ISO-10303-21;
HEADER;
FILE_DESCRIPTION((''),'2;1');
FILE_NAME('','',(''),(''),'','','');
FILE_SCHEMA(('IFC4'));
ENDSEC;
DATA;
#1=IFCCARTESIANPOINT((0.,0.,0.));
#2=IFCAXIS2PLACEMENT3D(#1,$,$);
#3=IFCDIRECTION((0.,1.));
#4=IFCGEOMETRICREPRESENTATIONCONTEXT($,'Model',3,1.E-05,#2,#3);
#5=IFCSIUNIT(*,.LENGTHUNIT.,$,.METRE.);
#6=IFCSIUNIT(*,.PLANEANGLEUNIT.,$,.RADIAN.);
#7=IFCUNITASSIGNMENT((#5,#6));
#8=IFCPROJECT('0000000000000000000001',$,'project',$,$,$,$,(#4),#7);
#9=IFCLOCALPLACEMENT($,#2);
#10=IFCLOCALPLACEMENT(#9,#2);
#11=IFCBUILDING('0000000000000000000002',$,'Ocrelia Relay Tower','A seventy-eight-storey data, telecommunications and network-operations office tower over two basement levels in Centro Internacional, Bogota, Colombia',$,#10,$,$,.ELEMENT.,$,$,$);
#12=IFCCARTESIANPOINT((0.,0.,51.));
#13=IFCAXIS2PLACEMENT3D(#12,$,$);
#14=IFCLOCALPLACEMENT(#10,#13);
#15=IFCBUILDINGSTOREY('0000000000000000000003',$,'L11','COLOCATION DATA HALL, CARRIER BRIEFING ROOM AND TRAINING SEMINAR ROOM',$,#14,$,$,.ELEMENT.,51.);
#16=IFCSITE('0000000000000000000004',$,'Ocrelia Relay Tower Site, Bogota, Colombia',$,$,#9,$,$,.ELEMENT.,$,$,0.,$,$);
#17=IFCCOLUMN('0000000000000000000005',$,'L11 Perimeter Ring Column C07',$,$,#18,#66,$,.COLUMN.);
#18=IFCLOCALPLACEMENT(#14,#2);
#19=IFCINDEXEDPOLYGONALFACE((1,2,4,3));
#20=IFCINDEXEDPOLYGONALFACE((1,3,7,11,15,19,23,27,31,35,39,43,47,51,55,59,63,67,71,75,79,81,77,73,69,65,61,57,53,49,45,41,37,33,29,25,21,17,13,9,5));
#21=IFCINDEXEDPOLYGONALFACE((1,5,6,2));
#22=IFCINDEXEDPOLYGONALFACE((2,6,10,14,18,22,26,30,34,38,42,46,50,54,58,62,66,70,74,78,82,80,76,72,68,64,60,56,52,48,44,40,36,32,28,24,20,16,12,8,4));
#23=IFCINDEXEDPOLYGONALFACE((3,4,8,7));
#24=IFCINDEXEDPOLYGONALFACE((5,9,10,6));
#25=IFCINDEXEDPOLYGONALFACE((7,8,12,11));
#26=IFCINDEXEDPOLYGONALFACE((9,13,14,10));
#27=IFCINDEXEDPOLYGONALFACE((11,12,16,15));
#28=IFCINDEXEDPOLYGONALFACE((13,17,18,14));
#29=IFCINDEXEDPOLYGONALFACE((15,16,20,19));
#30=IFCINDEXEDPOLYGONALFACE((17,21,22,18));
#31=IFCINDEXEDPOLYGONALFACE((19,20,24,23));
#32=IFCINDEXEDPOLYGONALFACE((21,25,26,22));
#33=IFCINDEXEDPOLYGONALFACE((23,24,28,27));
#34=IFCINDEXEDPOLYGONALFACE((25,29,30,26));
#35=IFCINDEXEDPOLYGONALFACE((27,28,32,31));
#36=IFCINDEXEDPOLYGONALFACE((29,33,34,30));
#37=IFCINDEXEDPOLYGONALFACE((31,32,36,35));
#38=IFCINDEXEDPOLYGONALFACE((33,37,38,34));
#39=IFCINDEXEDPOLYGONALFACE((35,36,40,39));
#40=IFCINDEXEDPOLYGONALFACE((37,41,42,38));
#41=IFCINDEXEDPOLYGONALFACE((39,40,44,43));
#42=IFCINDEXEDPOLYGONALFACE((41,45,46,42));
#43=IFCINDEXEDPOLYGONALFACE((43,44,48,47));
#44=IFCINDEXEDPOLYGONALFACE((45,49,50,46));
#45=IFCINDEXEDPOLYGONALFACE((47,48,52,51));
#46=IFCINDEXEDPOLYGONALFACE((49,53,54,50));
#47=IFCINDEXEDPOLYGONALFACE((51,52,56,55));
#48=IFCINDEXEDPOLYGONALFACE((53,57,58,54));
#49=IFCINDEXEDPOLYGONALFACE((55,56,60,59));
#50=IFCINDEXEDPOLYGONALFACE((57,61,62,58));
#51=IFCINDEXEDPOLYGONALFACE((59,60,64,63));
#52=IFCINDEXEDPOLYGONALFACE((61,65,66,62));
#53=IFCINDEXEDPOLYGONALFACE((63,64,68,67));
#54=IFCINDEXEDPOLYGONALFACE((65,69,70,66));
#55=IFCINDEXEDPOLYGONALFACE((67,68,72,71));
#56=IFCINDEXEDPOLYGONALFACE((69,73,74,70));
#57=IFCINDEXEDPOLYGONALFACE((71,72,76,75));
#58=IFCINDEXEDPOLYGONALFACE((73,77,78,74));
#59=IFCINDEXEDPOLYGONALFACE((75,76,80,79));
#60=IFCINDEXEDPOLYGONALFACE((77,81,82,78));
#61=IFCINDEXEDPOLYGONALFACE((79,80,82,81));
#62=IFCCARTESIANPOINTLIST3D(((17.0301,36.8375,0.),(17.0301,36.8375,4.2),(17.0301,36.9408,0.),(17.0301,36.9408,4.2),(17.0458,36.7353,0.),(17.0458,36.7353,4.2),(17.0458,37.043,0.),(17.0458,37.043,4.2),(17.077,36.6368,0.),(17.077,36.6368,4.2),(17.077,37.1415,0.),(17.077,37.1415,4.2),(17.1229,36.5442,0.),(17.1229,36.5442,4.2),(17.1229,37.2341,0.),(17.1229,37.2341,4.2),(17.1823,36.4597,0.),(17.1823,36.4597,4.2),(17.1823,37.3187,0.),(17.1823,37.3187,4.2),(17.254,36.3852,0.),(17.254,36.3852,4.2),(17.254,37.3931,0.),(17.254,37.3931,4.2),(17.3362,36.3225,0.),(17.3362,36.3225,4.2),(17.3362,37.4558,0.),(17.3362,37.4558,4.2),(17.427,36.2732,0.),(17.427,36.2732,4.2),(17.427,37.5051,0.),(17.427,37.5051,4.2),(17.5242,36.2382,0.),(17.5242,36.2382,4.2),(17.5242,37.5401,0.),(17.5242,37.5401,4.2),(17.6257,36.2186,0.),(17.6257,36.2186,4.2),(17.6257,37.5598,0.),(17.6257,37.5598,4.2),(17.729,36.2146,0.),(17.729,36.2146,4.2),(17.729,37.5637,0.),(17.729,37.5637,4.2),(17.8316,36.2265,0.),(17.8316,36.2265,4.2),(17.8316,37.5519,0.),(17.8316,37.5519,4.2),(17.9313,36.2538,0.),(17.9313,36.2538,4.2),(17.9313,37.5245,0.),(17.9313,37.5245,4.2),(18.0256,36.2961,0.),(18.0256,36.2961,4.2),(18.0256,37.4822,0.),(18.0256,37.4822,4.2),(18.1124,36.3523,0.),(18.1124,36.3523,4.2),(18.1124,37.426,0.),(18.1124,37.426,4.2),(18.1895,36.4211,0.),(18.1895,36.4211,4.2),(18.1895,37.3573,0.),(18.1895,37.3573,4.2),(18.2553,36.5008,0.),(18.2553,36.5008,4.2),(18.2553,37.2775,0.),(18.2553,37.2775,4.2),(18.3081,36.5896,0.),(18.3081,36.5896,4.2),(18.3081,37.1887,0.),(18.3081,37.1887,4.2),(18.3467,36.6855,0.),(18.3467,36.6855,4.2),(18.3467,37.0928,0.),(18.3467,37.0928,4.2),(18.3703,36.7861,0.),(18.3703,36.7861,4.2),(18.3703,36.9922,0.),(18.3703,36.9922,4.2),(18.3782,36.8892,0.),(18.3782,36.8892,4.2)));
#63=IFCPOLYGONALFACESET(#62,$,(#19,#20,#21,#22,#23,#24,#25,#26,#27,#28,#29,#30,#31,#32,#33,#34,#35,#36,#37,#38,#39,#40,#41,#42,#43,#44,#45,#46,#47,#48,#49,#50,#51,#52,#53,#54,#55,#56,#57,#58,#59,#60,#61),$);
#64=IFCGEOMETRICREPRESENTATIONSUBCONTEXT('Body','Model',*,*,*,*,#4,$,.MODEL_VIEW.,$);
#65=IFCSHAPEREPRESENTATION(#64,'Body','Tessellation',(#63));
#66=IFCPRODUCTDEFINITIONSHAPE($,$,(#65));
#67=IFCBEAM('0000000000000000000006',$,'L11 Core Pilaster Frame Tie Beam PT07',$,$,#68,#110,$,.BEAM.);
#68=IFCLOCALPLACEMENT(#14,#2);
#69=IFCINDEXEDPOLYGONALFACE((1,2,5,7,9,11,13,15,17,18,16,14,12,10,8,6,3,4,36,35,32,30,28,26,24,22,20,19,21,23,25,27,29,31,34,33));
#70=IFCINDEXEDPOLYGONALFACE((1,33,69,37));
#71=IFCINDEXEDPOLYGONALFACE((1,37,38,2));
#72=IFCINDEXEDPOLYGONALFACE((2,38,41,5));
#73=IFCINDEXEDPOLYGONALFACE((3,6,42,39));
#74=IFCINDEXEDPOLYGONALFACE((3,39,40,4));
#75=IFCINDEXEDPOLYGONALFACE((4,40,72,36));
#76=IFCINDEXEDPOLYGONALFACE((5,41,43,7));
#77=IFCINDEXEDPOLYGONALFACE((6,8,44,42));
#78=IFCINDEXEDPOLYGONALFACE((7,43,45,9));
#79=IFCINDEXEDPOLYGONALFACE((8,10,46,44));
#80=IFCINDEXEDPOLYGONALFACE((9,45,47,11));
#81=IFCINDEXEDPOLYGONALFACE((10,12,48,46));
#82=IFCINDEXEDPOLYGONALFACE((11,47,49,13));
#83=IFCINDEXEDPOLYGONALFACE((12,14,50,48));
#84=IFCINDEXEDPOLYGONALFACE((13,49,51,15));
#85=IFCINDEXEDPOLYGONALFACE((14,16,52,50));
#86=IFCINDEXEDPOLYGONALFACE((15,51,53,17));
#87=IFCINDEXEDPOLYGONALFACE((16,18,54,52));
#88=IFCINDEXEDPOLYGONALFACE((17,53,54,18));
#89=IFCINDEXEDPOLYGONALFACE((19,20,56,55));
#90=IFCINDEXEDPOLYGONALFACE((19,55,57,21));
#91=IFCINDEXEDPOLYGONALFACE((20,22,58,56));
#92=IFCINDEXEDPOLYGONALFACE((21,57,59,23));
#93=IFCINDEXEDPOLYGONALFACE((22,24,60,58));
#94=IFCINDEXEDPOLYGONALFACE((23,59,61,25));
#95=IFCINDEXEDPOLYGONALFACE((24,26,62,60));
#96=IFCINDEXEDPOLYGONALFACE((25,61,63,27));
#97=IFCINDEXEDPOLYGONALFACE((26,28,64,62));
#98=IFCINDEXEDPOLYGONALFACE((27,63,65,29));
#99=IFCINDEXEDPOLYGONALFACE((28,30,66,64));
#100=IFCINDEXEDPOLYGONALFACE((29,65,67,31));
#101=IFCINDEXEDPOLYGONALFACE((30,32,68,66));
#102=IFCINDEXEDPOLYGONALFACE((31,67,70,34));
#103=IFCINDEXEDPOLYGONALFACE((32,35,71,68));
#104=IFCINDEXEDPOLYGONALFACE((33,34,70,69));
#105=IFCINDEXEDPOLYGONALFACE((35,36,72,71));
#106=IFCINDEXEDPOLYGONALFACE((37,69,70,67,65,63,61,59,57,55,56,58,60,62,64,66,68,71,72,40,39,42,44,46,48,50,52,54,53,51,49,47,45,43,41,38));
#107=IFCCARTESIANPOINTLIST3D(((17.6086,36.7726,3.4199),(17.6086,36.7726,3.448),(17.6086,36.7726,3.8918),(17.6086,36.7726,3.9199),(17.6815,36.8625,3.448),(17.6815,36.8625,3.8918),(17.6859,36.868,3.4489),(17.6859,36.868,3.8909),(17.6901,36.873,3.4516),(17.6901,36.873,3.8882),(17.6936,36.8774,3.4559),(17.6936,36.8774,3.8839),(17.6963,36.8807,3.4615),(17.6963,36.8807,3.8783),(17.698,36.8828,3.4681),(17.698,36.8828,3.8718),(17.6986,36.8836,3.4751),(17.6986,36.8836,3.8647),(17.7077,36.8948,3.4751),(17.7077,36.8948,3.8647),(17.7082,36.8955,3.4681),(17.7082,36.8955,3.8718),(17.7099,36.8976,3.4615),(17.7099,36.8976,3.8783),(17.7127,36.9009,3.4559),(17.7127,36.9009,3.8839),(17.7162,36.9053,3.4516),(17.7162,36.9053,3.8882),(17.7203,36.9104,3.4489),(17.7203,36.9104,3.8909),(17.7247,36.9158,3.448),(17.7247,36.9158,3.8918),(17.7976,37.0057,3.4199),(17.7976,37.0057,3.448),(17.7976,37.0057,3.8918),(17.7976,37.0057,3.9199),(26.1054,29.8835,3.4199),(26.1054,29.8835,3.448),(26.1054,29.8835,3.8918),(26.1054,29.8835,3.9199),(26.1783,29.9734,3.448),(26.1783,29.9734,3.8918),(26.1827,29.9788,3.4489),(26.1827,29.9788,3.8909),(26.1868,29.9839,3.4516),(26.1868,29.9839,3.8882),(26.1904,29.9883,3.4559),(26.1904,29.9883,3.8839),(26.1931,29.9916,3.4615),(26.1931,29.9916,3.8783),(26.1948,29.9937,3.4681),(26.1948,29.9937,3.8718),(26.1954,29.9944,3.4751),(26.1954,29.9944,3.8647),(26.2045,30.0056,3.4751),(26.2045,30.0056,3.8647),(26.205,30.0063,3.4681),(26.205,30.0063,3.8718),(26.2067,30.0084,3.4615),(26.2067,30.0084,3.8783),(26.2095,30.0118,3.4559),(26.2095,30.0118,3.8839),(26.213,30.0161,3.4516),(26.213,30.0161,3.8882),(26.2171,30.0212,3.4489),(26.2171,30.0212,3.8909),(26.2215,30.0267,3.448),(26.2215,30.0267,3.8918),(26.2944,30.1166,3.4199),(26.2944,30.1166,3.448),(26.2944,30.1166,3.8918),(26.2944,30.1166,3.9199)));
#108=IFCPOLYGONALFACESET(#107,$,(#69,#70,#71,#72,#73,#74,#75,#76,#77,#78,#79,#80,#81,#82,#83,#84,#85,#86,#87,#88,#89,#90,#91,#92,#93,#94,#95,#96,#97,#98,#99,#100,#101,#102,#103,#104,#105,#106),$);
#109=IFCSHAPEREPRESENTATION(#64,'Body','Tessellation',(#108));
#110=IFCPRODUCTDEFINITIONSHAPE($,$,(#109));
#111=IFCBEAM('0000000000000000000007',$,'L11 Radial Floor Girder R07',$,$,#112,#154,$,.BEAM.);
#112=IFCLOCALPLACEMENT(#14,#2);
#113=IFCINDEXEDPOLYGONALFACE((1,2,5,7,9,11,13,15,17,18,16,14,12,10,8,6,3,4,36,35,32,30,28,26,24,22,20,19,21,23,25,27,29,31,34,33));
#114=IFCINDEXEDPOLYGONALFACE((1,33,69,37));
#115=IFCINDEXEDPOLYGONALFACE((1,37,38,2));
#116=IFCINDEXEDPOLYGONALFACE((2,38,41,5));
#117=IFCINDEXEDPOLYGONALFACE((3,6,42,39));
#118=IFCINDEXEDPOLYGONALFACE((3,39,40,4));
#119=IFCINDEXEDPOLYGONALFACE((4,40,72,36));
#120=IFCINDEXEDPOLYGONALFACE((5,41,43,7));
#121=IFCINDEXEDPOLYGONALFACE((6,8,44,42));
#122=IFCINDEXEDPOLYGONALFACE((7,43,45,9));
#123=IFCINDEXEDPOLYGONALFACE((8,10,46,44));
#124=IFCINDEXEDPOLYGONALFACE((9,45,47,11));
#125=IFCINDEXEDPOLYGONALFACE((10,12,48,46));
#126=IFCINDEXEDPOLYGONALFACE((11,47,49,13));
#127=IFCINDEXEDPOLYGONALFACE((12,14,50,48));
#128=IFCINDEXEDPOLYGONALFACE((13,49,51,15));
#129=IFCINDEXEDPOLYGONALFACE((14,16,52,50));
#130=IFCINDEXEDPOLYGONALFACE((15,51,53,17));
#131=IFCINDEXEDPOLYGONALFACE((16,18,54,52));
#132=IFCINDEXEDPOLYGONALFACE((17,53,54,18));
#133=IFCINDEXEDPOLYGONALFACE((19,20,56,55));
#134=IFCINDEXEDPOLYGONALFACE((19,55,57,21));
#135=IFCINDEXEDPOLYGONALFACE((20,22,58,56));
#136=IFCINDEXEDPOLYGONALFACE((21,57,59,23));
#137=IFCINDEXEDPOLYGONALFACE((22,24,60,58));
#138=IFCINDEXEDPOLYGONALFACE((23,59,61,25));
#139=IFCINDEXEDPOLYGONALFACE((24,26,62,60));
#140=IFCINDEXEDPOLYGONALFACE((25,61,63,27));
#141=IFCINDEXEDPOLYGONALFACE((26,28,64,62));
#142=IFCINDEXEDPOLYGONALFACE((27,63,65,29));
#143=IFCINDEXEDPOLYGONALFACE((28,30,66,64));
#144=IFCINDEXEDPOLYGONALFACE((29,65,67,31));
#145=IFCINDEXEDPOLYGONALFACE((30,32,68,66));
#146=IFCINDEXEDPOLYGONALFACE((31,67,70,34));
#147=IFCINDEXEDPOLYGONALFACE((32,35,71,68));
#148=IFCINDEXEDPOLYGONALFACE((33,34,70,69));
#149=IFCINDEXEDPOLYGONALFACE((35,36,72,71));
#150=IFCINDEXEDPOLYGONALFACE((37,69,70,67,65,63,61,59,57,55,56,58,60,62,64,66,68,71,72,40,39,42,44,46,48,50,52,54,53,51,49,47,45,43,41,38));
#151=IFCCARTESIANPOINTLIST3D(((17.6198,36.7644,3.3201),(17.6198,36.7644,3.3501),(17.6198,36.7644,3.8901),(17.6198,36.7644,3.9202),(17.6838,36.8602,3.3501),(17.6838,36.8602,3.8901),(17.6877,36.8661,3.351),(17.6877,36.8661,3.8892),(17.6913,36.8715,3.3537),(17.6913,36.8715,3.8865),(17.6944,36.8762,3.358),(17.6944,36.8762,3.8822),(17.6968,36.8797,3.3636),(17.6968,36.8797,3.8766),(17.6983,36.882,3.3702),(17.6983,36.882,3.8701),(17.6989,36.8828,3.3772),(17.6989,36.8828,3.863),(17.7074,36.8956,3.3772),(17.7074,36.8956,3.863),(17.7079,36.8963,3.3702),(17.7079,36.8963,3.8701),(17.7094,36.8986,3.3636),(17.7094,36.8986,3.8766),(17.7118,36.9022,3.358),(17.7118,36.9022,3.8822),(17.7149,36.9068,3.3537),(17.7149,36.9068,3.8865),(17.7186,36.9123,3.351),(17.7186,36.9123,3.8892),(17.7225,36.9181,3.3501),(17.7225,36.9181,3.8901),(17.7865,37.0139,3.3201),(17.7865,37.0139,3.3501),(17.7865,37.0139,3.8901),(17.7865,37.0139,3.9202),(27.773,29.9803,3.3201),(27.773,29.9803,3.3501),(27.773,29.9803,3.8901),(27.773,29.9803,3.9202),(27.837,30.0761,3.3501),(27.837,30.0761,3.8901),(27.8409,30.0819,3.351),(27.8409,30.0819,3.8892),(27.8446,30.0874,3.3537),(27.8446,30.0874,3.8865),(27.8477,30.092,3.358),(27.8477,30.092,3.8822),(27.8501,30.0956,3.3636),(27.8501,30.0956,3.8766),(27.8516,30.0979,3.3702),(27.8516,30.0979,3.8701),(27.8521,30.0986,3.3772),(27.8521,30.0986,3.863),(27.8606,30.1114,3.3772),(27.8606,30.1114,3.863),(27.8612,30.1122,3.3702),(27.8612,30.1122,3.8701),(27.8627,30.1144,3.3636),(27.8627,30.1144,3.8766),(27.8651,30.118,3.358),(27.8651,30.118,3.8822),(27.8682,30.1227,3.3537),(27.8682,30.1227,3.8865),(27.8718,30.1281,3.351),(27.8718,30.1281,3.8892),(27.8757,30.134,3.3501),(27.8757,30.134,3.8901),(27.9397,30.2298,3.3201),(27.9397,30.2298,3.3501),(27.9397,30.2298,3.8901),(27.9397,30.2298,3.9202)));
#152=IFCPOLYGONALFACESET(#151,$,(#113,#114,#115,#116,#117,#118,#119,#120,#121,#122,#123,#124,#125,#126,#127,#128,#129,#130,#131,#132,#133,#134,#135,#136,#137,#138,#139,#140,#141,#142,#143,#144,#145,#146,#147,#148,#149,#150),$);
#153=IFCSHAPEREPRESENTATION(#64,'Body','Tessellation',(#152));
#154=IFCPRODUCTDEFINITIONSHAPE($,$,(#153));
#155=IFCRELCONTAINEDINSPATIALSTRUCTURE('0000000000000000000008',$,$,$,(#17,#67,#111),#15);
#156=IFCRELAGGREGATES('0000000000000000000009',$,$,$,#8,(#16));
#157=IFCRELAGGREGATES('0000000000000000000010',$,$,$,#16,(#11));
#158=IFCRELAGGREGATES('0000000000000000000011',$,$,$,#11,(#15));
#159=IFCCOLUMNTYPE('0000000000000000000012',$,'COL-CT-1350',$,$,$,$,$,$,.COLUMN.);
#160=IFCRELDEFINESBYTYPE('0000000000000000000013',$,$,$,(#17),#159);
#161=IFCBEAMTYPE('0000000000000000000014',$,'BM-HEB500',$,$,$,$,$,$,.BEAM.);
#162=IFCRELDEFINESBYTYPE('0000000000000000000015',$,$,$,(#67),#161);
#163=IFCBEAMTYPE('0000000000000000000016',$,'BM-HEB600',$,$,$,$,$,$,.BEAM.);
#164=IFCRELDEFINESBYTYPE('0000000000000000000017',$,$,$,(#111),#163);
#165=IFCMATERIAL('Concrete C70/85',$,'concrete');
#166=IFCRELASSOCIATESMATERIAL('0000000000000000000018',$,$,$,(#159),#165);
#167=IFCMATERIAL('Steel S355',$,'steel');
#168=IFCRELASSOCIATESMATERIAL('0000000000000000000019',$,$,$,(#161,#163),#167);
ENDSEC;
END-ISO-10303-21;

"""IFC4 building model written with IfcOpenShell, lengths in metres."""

from ifc_helpers import new_model, si_unit, direction, frame, origin, origin_2d, place, context, subcontext, project, spatial, circle, i_section, extrude, material, material_profile, profile_set, type_object, element, save


model = new_model("IFC4")

# Units and contexts
model_context = context("Model", 3, precision=1e-05, world=origin(), true_north=direction((0.0, 1.0)))
body_context = subcontext(model_context, "Body", "Model", "MODEL_VIEW")
ifc_project = project(units=[si_unit("LENGTHUNIT", "METRE"), si_unit("PLANEANGLEUNIT", "RADIAN")], contexts=[model_context])

# Site, building, storey
site_placement = place(None, origin())
site = spatial("IfcSite", under=ifc_project, at=site_placement, Name="Ocrelia Relay Tower Site, Bogota, Colombia", CompositionType="ELEMENT", RefElevation=0.0)
building_placement = place(site_placement, origin())
building = spatial("IfcBuilding", under=site, at=building_placement, Name="Ocrelia Relay Tower", Description="A seventy-eight-storey data, telecommunications and network-operations office tower over two basement levels in Centro Internacional, Bogota, Colombia", CompositionType="ELEMENT")
storey_placement = place(building_placement, frame((0.0, 0.0, 51.0)))
storey = spatial("IfcBuildingStorey", under=building, at=storey_placement, Name="L11", Description="COLOCATION DATA HALL, CARRIER BRIEFING ROOM AND TRAINING SEMINAR ROOM", CompositionType="ELEMENT", Elevation=51.0)

# Column
ifc_material_1 = material(Name="Concrete C70/85", Category="concrete")
ifc_material_profile_1 = material_profile(ifc_material_1, circle(Radius=0.675, at=origin_2d()), Name="RC-CIR-1350")
ifc_profile_set_1 = profile_set([ifc_material_profile_1], Name="Concrete C70/85")
column_type = type_object("IfcColumnType", Name="COL-CT-1350", PredefinedType="COLUMN", material=ifc_profile_set_1)
column_placement = place(storey_placement, frame((17.7031, 36.8892, 0.0), z_axis=(0.0, 0.0, 1.0), x_axis=(1.0, 0.0, 0.0)))
element("IfcColumn", 1, at=column_placement, inside=storey, type_object=column_type, Name="L11 Perimeter Ring Column C07", PredefinedType="COLUMN", context=body_context, shape_type="SweptSolid", body=[
    extrude(circle(Radius=0.675, at=origin_2d()), origin(), (0.0, 0.0, 1.0), 4.2),
])

# Beams
ifc_material_2 = material(Name="Steel S355", Category="steel")
ifc_material_profile_2 = material_profile(ifc_material_2, i_section(OverallWidth=0.3, OverallDepth=0.5, WebThickness=0.0144, FlangeThickness=0.0281, FilletRadius=0.0271, at=origin_2d()), Name="HEB 500")
ifc_profile_set_2 = profile_set([ifc_material_profile_2], Name="Steel S355")
beam_type_1 = type_object("IfcBeamType", Name="BM-HEB500", PredefinedType="BEAM", material=ifc_profile_set_2)
beam_1_placement = place(storey_placement, frame((17.7031, 36.8892, 3.6699), z_axis=(0.776763, -0.629793, 0.0), x_axis=(0.629793, 0.776763, 0.0)))
element("IfcBeam", 2, at=beam_1_placement, inside=storey, type_object=beam_type_1, Name="L11 Core Pilaster Frame Tie Beam PT07", PredefinedType="BEAM", context=body_context, shape_type="SweptSolid", body=[
    extrude(i_section(OverallWidth=0.3, OverallDepth=0.5, WebThickness=0.0144, FlangeThickness=0.0281, FilletRadius=0.0271, at=origin_2d()), origin(), (0.0, 0.0, 1.0), 10.9387),
])
ifc_material_profile_3 = material_profile(ifc_material_2, i_section(OverallWidth=0.3, OverallDepth=0.6001, WebThickness=0.0154, FlangeThickness=0.03, FilletRadius=0.0271, at=origin_2d()), Name="HEB 600")
ifc_profile_set_3 = profile_set([ifc_material_profile_3], Name="Steel S355")
beam_type_2 = type_object("IfcBeamType", Name="BM-HEB600", PredefinedType="BEAM", material=ifc_profile_set_3)
beam_2_placement = place(storey_placement, frame((17.7031, 36.8892, 3.6201), z_axis=(0.831472, -0.555567, 0.0), x_axis=(0.555567, 0.831472, 0.0)))
element("IfcBeam", 3, at=beam_2_placement, inside=storey, type_object=beam_type_2, Name="L11 Radial Floor Girder R07", PredefinedType="BEAM", context=body_context, shape_type="SweptSolid", body=[
    extrude(i_section(OverallWidth=0.3, OverallDepth=0.6001, WebThickness=0.0154, FlangeThickness=0.03, FilletRadius=0.0271, at=origin_2d()), origin(), (0.0, 0.0, 1.0), 12.2112),
])

save(model, "model.ifc")
